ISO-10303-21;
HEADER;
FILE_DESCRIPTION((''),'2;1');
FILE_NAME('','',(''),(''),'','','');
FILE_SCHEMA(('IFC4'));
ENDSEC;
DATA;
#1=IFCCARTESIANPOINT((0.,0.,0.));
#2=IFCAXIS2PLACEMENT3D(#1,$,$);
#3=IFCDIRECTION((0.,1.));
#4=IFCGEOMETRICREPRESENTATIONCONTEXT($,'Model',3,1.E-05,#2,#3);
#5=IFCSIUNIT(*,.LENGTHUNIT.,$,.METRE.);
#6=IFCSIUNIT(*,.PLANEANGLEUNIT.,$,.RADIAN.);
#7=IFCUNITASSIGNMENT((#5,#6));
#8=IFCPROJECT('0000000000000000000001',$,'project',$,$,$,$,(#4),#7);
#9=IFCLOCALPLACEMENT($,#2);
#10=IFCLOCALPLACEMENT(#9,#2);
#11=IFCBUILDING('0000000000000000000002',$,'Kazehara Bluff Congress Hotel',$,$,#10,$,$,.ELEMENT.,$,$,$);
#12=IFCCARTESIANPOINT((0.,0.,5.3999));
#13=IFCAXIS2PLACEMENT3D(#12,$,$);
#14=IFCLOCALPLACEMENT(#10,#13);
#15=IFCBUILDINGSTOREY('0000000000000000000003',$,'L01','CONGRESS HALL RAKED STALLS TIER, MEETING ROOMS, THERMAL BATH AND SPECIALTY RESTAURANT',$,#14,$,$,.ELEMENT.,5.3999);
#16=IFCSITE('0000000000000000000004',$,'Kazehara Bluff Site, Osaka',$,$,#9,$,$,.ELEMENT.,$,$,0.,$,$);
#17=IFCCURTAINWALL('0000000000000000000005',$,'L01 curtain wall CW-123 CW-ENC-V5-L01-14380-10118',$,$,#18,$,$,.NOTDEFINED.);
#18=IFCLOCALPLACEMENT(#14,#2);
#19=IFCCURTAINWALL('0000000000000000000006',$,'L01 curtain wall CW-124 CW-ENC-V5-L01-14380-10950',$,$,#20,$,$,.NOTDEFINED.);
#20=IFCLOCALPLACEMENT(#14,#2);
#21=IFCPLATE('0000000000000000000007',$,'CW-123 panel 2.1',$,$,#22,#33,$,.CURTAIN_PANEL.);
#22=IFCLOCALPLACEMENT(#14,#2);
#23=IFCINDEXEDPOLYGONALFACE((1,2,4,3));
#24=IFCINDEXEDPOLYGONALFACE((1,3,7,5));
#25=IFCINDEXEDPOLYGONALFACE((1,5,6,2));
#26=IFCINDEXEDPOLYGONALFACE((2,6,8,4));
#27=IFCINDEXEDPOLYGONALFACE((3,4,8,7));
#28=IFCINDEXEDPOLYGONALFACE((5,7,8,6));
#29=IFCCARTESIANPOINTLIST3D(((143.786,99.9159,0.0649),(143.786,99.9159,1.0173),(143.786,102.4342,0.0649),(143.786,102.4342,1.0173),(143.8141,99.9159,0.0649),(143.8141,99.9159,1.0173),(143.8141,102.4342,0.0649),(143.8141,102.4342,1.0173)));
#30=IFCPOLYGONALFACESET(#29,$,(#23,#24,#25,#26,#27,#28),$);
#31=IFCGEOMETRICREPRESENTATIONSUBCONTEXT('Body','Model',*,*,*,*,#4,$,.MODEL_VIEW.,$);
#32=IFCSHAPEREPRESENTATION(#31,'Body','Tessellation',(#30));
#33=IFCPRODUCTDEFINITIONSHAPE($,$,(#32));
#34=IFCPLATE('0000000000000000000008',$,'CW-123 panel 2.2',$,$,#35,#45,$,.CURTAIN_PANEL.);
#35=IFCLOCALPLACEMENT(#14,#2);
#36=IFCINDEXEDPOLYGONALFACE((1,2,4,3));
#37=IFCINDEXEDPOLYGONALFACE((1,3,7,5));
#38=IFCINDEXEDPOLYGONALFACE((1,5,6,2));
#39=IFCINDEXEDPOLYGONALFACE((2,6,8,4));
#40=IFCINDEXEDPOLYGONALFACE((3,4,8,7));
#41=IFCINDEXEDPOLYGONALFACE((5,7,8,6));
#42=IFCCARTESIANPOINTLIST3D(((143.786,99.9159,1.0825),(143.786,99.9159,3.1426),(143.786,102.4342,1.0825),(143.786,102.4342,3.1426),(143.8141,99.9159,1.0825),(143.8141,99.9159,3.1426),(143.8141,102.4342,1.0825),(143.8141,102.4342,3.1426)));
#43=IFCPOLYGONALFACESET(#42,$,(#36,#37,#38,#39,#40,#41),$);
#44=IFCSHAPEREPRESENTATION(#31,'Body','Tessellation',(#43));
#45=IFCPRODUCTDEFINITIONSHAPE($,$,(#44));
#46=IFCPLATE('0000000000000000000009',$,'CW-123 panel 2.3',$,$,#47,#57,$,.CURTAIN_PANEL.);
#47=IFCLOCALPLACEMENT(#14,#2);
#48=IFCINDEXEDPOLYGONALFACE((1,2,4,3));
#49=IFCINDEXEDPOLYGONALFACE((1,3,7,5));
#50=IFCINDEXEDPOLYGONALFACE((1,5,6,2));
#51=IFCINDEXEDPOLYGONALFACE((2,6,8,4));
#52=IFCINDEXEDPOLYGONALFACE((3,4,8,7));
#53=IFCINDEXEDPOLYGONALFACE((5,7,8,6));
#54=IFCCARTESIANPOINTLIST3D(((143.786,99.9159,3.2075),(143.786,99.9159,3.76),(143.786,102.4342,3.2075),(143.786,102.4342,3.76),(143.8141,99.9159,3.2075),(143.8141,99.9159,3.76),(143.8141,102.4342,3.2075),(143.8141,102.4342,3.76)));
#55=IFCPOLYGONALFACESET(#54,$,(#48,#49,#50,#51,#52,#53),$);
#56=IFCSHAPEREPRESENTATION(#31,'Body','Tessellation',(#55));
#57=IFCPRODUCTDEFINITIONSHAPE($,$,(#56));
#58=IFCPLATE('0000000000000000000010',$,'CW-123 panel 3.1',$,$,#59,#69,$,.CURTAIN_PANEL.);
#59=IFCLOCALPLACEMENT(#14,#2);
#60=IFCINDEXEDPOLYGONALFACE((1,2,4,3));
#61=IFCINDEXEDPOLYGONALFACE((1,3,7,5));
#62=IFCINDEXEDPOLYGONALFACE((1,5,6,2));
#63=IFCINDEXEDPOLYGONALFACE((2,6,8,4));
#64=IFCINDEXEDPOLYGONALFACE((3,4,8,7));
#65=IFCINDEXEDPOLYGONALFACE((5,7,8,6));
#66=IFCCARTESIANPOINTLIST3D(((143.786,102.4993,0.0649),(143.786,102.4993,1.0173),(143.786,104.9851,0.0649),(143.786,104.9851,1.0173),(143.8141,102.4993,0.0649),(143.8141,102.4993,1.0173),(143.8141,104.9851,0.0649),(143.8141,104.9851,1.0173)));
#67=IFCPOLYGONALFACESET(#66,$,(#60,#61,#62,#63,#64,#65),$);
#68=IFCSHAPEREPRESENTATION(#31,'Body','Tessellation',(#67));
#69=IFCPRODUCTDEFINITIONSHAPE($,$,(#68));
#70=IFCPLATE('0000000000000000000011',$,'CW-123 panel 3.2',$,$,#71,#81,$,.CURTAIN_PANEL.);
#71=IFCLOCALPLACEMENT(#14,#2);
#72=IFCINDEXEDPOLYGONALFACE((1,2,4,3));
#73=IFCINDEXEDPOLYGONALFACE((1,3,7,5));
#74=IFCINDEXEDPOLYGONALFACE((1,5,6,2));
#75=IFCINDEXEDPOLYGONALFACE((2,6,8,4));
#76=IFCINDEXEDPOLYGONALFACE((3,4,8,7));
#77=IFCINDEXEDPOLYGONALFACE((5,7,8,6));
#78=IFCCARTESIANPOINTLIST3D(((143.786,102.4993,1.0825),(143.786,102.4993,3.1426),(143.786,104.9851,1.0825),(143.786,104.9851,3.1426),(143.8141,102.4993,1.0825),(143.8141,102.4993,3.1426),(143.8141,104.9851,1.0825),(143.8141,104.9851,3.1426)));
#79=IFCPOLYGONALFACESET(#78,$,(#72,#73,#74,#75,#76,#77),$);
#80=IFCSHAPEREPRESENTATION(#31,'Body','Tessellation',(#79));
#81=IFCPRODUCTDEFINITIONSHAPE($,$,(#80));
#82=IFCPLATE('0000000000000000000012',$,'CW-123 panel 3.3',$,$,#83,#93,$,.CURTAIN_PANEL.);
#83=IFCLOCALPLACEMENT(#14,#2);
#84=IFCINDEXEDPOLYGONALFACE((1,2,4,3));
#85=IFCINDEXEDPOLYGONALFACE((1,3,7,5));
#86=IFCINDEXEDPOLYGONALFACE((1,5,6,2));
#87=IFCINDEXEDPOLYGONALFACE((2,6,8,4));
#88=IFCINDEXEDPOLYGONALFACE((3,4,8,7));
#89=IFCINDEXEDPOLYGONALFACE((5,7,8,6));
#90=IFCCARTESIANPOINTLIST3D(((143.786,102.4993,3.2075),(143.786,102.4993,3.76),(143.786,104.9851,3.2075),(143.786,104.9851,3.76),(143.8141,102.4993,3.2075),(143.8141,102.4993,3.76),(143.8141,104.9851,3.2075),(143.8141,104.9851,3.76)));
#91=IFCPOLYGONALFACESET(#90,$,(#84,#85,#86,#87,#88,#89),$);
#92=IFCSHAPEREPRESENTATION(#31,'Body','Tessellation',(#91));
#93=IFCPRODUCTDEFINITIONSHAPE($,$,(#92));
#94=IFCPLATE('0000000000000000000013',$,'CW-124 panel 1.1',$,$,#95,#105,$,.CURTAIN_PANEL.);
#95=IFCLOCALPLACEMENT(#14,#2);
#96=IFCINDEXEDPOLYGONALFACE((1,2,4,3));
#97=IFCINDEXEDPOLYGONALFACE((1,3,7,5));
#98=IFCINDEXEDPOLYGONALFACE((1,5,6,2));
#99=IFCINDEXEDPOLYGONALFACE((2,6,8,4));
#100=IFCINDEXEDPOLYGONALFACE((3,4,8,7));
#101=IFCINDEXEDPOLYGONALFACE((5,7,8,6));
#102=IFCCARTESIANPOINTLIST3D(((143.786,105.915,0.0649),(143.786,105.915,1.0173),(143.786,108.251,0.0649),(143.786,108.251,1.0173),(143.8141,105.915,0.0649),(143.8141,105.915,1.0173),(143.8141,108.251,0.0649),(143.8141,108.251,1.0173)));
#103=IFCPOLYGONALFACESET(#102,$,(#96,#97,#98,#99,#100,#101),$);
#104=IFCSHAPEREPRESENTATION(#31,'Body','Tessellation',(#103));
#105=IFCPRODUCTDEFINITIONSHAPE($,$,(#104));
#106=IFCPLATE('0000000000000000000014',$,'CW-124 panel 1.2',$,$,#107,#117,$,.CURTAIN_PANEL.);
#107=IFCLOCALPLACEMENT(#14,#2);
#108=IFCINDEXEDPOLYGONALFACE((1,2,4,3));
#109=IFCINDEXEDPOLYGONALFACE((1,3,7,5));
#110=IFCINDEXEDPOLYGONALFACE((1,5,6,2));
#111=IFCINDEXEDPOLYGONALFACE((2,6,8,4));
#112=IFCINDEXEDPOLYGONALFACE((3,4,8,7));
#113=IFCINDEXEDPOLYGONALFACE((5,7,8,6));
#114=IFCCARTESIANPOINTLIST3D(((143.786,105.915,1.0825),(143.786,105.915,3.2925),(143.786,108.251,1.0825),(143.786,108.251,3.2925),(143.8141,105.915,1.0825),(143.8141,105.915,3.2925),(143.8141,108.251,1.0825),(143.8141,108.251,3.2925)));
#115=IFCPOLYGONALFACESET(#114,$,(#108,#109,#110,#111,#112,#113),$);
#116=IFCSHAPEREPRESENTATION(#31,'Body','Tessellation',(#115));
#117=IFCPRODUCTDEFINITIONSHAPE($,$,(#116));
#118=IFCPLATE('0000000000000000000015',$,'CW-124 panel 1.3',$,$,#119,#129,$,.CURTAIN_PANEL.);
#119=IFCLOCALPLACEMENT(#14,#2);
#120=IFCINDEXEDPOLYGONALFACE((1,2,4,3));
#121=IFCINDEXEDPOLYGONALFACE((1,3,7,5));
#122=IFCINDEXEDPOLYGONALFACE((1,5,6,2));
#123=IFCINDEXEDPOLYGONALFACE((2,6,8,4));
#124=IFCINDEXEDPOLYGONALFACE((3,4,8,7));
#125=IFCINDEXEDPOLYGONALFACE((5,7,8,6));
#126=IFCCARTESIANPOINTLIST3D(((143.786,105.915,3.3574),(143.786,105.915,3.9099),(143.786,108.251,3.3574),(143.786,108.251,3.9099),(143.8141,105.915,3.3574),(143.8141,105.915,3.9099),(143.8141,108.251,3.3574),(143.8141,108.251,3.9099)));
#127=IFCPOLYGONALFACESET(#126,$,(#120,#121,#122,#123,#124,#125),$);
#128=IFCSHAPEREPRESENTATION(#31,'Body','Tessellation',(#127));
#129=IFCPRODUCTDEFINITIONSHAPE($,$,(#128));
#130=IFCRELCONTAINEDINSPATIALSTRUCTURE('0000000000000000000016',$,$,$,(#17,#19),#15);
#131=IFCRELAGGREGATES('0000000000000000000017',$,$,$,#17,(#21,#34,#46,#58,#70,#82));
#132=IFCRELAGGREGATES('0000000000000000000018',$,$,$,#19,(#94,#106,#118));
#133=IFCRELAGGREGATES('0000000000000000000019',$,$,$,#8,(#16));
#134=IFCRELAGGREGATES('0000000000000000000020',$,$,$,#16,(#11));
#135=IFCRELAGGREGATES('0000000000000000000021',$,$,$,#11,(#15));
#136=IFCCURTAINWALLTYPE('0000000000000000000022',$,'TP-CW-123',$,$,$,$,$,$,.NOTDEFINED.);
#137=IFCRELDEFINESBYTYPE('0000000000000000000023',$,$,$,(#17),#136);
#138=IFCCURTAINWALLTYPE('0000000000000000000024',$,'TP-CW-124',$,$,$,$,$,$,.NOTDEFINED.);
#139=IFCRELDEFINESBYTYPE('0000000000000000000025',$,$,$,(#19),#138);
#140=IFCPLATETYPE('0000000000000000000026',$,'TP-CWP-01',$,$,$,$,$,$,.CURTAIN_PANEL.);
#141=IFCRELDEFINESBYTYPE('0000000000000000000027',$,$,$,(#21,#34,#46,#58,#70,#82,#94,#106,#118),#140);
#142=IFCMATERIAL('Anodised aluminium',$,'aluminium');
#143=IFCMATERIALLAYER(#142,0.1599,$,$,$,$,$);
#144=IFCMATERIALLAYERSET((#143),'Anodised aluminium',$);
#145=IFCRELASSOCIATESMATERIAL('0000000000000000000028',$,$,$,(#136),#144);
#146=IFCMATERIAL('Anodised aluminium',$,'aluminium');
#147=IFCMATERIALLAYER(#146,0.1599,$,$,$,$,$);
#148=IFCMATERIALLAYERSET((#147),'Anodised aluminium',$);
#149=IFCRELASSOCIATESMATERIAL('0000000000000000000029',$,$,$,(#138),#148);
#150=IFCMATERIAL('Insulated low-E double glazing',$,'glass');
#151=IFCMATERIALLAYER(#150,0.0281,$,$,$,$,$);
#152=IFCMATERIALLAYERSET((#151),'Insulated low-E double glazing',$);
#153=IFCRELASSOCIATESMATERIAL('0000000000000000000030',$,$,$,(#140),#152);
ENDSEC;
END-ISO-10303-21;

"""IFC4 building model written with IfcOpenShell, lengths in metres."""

from ifc_helpers import new_model, si_unit, direction, frame, origin, origin_2d, place, context, subcontext, project, spatial, rectangle, extrude, material, layer, layer_set, type_object, element, aggregate, save


model = new_model("IFC4")

# Units and contexts
model_context = context("Model", 3, precision=1e-05, world=origin(), true_north=direction((0.0, 1.0)))
body_context = subcontext(model_context, "Body", "Model", "MODEL_VIEW")
ifc_project = project(units=[si_unit("LENGTHUNIT", "METRE"), si_unit("PLANEANGLEUNIT", "RADIAN")], contexts=[model_context])

# Site, building, storey
site_placement = place(None, origin())
site = spatial("IfcSite", under=ifc_project, at=site_placement, Name="Kazehara Bluff Site, Osaka", CompositionType="ELEMENT", RefElevation=0.0)
building_placement = place(site_placement, origin())
building = spatial("IfcBuilding", under=site, at=building_placement, Name="Kazehara Bluff Congress Hotel", CompositionType="ELEMENT")
storey_placement = place(building_placement, frame((0.0, 0.0, 5.3999)))
storey = spatial("IfcBuildingStorey", under=building, at=storey_placement, Name="L01", Description="CONGRESS HALL RAKED STALLS TIER, MEETING ROOMS, THERMAL BATH AND SPECIALTY RESTAURANT", CompositionType="ELEMENT", Elevation=5.3999)

# Curtain wall
ifc_material_1 = material(Name="Anodised aluminium", Category="aluminium")
ifc_layer_1 = layer(ifc_material_1, 0.1599)
ifc_layer_set_1 = layer_set([ifc_layer_1], Name="Anodised aluminium")
curtain_wall_type_1 = type_object("IfcCurtainWallType", Name="TP-CW-123", PredefinedType="NOTDEFINED", material=ifc_layer_set_1)
curtain_wall_1_placement = place(storey_placement, origin())
curtain_wall_1 = element("IfcCurtainWall", 1, at=curtain_wall_1_placement, inside=storey, type_object=curtain_wall_type_1, Name="L01 curtain wall CW-123 CW-ENC-V5-L01-14380-10118", PredefinedType="NOTDEFINED")

# Curtain wall
ifc_material_2 = material(Name="Anodised aluminium", Category="aluminium")
ifc_layer_2 = layer(ifc_material_2, 0.1599)
ifc_layer_set_2 = layer_set([ifc_layer_2], Name="Anodised aluminium")
curtain_wall_type_2 = type_object("IfcCurtainWallType", Name="TP-CW-124", PredefinedType="NOTDEFINED", material=ifc_layer_set_2)
curtain_wall_2_placement = place(storey_placement, origin())
curtain_wall_2 = element("IfcCurtainWall", 2, at=curtain_wall_2_placement, inside=storey, type_object=curtain_wall_type_2, Name="L01 curtain wall CW-124 CW-ENC-V5-L01-14380-10950", PredefinedType="NOTDEFINED")

# Plates
ifc_material_3 = material(Name="Insulated low-E double glazing", Category="glass")
ifc_layer_3 = layer(ifc_material_3, 0.0281)
ifc_layer_set_3 = layer_set([ifc_layer_3], Name="Insulated low-E double glazing")
plate_type = type_object("IfcPlateType", Name="TP-CWP-01", PredefinedType="CURTAIN_PANEL", material=ifc_layer_set_3)
plate_1_placement = place(storey_placement, frame((143.8, 101.175, 0.0649), z_axis=(0.0, 0.0, 1.0), x_axis=(0.0, 1.0, 0.0)))
plate_1 = element("IfcPlate", 3, at=plate_1_placement, type_object=plate_type, Name="CW-123 panel 2.1", PredefinedType="CURTAIN_PANEL", context=body_context, shape_type="SweptSolid", body=[
    extrude(rectangle(XDim=2.5183, YDim=0.0281, at=origin_2d()), origin(), (0.0, 0.0, 1.0), 0.9524),
])
plate_2_placement = place(storey_placement, frame((143.8, 101.175, 1.0825), z_axis=(0.0, 0.0, 1.0), x_axis=(0.0, 1.0, 0.0)))
plate_2 = element("IfcPlate", 4, at=plate_2_placement, type_object=plate_type, Name="CW-123 panel 2.2", PredefinedType="CURTAIN_PANEL", context=body_context, shape_type="SweptSolid", body=[
    extrude(rectangle(XDim=2.5183, YDim=0.0281, at=origin_2d()), origin(), (0.0, 0.0, 1.0), 2.0601),
])
plate_3_placement = place(storey_placement, frame((143.8, 101.175, 3.2075), z_axis=(0.0, 0.0, 1.0), x_axis=(0.0, 1.0, 0.0)))
plate_3 = element("IfcPlate", 5, at=plate_3_placement, type_object=plate_type, Name="CW-123 panel 2.3", PredefinedType="CURTAIN_PANEL", context=body_context, shape_type="SweptSolid", body=[
    extrude(rectangle(XDim=2.5183, YDim=0.0281, at=origin_2d()), origin(), (0.0, 0.0, 1.0), 0.5525),
])
plate_4_placement = place(storey_placement, frame((143.8, 103.7422, 0.0649), z_axis=(0.0, 0.0, 1.0), x_axis=(0.0, 1.0, 0.0)))
plate_4 = element("IfcPlate", 6, at=plate_4_placement, type_object=plate_type, Name="CW-123 panel 3.1", PredefinedType="CURTAIN_PANEL", context=body_context, shape_type="SweptSolid", body=[
    extrude(rectangle(XDim=2.4858, YDim=0.0281, at=origin_2d()), origin(), (0.0, 0.0, 1.0), 0.9524),
])
plate_5_placement = place(storey_placement, frame((143.8, 103.7422, 1.0825), z_axis=(0.0, 0.0, 1.0), x_axis=(0.0, 1.0, 0.0)))
plate_5 = element("IfcPlate", 7, at=plate_5_placement, type_object=plate_type, Name="CW-123 panel 3.2", PredefinedType="CURTAIN_PANEL", context=body_context, shape_type="SweptSolid", body=[
    extrude(rectangle(XDim=2.4858, YDim=0.0281, at=origin_2d()), origin(), (0.0, 0.0, 1.0), 2.0601),
])
plate_6_placement = place(storey_placement, frame((143.8, 103.7422, 3.2075), z_axis=(0.0, 0.0, 1.0), x_axis=(0.0, 1.0, 0.0)))
plate_6 = element("IfcPlate", 8, at=plate_6_placement, type_object=plate_type, Name="CW-123 panel 3.3", PredefinedType="CURTAIN_PANEL", context=body_context, shape_type="SweptSolid", body=[
    extrude(rectangle(XDim=2.4858, YDim=0.0281, at=origin_2d()), origin(), (0.0, 0.0, 1.0), 0.5525),
])
aggregate(curtain_wall_1, [plate_1, plate_2, plate_3, plate_4, plate_5, plate_6])
plate_7_placement = place(storey_placement, frame((143.8, 107.083, 0.0649), z_axis=(0.0, 0.0, 1.0), x_axis=(0.0, 1.0, 0.0)))
plate_7 = element("IfcPlate", 9, at=plate_7_placement, type_object=plate_type, Name="CW-124 panel 1.1", PredefinedType="CURTAIN_PANEL", context=body_context, shape_type="SweptSolid", body=[
    extrude(rectangle(XDim=2.3359, YDim=0.0281, at=origin_2d()), origin(), (0.0, 0.0, 1.0), 0.9524),
])
plate_8_placement = place(storey_placement, frame((143.8, 107.083, 1.0825), z_axis=(0.0, 0.0, 1.0), x_axis=(0.0, 1.0, 0.0)))
plate_8 = element("IfcPlate", 10, at=plate_8_placement, type_object=plate_type, Name="CW-124 panel 1.2", PredefinedType="CURTAIN_PANEL", context=body_context, shape_type="SweptSolid", body=[
    extrude(rectangle(XDim=2.3359, YDim=0.0281, at=origin_2d()), origin(), (0.0, 0.0, 1.0), 2.21),
])
plate_9_placement = place(storey_placement, frame((143.8, 107.083, 3.3574), z_axis=(0.0, 0.0, 1.0), x_axis=(0.0, 1.0, 0.0)))
plate_9 = element("IfcPlate", 11, at=plate_9_placement, type_object=plate_type, Name="CW-124 panel 1.3", PredefinedType="CURTAIN_PANEL", context=body_context, shape_type="SweptSolid", body=[
    extrude(rectangle(XDim=2.3359, YDim=0.0281, at=origin_2d()), origin(), (0.0, 0.0, 1.0), 0.5525),
])
aggregate(curtain_wall_2, [plate_7, plate_8, plate_9])

save(model, "model.ifc")
